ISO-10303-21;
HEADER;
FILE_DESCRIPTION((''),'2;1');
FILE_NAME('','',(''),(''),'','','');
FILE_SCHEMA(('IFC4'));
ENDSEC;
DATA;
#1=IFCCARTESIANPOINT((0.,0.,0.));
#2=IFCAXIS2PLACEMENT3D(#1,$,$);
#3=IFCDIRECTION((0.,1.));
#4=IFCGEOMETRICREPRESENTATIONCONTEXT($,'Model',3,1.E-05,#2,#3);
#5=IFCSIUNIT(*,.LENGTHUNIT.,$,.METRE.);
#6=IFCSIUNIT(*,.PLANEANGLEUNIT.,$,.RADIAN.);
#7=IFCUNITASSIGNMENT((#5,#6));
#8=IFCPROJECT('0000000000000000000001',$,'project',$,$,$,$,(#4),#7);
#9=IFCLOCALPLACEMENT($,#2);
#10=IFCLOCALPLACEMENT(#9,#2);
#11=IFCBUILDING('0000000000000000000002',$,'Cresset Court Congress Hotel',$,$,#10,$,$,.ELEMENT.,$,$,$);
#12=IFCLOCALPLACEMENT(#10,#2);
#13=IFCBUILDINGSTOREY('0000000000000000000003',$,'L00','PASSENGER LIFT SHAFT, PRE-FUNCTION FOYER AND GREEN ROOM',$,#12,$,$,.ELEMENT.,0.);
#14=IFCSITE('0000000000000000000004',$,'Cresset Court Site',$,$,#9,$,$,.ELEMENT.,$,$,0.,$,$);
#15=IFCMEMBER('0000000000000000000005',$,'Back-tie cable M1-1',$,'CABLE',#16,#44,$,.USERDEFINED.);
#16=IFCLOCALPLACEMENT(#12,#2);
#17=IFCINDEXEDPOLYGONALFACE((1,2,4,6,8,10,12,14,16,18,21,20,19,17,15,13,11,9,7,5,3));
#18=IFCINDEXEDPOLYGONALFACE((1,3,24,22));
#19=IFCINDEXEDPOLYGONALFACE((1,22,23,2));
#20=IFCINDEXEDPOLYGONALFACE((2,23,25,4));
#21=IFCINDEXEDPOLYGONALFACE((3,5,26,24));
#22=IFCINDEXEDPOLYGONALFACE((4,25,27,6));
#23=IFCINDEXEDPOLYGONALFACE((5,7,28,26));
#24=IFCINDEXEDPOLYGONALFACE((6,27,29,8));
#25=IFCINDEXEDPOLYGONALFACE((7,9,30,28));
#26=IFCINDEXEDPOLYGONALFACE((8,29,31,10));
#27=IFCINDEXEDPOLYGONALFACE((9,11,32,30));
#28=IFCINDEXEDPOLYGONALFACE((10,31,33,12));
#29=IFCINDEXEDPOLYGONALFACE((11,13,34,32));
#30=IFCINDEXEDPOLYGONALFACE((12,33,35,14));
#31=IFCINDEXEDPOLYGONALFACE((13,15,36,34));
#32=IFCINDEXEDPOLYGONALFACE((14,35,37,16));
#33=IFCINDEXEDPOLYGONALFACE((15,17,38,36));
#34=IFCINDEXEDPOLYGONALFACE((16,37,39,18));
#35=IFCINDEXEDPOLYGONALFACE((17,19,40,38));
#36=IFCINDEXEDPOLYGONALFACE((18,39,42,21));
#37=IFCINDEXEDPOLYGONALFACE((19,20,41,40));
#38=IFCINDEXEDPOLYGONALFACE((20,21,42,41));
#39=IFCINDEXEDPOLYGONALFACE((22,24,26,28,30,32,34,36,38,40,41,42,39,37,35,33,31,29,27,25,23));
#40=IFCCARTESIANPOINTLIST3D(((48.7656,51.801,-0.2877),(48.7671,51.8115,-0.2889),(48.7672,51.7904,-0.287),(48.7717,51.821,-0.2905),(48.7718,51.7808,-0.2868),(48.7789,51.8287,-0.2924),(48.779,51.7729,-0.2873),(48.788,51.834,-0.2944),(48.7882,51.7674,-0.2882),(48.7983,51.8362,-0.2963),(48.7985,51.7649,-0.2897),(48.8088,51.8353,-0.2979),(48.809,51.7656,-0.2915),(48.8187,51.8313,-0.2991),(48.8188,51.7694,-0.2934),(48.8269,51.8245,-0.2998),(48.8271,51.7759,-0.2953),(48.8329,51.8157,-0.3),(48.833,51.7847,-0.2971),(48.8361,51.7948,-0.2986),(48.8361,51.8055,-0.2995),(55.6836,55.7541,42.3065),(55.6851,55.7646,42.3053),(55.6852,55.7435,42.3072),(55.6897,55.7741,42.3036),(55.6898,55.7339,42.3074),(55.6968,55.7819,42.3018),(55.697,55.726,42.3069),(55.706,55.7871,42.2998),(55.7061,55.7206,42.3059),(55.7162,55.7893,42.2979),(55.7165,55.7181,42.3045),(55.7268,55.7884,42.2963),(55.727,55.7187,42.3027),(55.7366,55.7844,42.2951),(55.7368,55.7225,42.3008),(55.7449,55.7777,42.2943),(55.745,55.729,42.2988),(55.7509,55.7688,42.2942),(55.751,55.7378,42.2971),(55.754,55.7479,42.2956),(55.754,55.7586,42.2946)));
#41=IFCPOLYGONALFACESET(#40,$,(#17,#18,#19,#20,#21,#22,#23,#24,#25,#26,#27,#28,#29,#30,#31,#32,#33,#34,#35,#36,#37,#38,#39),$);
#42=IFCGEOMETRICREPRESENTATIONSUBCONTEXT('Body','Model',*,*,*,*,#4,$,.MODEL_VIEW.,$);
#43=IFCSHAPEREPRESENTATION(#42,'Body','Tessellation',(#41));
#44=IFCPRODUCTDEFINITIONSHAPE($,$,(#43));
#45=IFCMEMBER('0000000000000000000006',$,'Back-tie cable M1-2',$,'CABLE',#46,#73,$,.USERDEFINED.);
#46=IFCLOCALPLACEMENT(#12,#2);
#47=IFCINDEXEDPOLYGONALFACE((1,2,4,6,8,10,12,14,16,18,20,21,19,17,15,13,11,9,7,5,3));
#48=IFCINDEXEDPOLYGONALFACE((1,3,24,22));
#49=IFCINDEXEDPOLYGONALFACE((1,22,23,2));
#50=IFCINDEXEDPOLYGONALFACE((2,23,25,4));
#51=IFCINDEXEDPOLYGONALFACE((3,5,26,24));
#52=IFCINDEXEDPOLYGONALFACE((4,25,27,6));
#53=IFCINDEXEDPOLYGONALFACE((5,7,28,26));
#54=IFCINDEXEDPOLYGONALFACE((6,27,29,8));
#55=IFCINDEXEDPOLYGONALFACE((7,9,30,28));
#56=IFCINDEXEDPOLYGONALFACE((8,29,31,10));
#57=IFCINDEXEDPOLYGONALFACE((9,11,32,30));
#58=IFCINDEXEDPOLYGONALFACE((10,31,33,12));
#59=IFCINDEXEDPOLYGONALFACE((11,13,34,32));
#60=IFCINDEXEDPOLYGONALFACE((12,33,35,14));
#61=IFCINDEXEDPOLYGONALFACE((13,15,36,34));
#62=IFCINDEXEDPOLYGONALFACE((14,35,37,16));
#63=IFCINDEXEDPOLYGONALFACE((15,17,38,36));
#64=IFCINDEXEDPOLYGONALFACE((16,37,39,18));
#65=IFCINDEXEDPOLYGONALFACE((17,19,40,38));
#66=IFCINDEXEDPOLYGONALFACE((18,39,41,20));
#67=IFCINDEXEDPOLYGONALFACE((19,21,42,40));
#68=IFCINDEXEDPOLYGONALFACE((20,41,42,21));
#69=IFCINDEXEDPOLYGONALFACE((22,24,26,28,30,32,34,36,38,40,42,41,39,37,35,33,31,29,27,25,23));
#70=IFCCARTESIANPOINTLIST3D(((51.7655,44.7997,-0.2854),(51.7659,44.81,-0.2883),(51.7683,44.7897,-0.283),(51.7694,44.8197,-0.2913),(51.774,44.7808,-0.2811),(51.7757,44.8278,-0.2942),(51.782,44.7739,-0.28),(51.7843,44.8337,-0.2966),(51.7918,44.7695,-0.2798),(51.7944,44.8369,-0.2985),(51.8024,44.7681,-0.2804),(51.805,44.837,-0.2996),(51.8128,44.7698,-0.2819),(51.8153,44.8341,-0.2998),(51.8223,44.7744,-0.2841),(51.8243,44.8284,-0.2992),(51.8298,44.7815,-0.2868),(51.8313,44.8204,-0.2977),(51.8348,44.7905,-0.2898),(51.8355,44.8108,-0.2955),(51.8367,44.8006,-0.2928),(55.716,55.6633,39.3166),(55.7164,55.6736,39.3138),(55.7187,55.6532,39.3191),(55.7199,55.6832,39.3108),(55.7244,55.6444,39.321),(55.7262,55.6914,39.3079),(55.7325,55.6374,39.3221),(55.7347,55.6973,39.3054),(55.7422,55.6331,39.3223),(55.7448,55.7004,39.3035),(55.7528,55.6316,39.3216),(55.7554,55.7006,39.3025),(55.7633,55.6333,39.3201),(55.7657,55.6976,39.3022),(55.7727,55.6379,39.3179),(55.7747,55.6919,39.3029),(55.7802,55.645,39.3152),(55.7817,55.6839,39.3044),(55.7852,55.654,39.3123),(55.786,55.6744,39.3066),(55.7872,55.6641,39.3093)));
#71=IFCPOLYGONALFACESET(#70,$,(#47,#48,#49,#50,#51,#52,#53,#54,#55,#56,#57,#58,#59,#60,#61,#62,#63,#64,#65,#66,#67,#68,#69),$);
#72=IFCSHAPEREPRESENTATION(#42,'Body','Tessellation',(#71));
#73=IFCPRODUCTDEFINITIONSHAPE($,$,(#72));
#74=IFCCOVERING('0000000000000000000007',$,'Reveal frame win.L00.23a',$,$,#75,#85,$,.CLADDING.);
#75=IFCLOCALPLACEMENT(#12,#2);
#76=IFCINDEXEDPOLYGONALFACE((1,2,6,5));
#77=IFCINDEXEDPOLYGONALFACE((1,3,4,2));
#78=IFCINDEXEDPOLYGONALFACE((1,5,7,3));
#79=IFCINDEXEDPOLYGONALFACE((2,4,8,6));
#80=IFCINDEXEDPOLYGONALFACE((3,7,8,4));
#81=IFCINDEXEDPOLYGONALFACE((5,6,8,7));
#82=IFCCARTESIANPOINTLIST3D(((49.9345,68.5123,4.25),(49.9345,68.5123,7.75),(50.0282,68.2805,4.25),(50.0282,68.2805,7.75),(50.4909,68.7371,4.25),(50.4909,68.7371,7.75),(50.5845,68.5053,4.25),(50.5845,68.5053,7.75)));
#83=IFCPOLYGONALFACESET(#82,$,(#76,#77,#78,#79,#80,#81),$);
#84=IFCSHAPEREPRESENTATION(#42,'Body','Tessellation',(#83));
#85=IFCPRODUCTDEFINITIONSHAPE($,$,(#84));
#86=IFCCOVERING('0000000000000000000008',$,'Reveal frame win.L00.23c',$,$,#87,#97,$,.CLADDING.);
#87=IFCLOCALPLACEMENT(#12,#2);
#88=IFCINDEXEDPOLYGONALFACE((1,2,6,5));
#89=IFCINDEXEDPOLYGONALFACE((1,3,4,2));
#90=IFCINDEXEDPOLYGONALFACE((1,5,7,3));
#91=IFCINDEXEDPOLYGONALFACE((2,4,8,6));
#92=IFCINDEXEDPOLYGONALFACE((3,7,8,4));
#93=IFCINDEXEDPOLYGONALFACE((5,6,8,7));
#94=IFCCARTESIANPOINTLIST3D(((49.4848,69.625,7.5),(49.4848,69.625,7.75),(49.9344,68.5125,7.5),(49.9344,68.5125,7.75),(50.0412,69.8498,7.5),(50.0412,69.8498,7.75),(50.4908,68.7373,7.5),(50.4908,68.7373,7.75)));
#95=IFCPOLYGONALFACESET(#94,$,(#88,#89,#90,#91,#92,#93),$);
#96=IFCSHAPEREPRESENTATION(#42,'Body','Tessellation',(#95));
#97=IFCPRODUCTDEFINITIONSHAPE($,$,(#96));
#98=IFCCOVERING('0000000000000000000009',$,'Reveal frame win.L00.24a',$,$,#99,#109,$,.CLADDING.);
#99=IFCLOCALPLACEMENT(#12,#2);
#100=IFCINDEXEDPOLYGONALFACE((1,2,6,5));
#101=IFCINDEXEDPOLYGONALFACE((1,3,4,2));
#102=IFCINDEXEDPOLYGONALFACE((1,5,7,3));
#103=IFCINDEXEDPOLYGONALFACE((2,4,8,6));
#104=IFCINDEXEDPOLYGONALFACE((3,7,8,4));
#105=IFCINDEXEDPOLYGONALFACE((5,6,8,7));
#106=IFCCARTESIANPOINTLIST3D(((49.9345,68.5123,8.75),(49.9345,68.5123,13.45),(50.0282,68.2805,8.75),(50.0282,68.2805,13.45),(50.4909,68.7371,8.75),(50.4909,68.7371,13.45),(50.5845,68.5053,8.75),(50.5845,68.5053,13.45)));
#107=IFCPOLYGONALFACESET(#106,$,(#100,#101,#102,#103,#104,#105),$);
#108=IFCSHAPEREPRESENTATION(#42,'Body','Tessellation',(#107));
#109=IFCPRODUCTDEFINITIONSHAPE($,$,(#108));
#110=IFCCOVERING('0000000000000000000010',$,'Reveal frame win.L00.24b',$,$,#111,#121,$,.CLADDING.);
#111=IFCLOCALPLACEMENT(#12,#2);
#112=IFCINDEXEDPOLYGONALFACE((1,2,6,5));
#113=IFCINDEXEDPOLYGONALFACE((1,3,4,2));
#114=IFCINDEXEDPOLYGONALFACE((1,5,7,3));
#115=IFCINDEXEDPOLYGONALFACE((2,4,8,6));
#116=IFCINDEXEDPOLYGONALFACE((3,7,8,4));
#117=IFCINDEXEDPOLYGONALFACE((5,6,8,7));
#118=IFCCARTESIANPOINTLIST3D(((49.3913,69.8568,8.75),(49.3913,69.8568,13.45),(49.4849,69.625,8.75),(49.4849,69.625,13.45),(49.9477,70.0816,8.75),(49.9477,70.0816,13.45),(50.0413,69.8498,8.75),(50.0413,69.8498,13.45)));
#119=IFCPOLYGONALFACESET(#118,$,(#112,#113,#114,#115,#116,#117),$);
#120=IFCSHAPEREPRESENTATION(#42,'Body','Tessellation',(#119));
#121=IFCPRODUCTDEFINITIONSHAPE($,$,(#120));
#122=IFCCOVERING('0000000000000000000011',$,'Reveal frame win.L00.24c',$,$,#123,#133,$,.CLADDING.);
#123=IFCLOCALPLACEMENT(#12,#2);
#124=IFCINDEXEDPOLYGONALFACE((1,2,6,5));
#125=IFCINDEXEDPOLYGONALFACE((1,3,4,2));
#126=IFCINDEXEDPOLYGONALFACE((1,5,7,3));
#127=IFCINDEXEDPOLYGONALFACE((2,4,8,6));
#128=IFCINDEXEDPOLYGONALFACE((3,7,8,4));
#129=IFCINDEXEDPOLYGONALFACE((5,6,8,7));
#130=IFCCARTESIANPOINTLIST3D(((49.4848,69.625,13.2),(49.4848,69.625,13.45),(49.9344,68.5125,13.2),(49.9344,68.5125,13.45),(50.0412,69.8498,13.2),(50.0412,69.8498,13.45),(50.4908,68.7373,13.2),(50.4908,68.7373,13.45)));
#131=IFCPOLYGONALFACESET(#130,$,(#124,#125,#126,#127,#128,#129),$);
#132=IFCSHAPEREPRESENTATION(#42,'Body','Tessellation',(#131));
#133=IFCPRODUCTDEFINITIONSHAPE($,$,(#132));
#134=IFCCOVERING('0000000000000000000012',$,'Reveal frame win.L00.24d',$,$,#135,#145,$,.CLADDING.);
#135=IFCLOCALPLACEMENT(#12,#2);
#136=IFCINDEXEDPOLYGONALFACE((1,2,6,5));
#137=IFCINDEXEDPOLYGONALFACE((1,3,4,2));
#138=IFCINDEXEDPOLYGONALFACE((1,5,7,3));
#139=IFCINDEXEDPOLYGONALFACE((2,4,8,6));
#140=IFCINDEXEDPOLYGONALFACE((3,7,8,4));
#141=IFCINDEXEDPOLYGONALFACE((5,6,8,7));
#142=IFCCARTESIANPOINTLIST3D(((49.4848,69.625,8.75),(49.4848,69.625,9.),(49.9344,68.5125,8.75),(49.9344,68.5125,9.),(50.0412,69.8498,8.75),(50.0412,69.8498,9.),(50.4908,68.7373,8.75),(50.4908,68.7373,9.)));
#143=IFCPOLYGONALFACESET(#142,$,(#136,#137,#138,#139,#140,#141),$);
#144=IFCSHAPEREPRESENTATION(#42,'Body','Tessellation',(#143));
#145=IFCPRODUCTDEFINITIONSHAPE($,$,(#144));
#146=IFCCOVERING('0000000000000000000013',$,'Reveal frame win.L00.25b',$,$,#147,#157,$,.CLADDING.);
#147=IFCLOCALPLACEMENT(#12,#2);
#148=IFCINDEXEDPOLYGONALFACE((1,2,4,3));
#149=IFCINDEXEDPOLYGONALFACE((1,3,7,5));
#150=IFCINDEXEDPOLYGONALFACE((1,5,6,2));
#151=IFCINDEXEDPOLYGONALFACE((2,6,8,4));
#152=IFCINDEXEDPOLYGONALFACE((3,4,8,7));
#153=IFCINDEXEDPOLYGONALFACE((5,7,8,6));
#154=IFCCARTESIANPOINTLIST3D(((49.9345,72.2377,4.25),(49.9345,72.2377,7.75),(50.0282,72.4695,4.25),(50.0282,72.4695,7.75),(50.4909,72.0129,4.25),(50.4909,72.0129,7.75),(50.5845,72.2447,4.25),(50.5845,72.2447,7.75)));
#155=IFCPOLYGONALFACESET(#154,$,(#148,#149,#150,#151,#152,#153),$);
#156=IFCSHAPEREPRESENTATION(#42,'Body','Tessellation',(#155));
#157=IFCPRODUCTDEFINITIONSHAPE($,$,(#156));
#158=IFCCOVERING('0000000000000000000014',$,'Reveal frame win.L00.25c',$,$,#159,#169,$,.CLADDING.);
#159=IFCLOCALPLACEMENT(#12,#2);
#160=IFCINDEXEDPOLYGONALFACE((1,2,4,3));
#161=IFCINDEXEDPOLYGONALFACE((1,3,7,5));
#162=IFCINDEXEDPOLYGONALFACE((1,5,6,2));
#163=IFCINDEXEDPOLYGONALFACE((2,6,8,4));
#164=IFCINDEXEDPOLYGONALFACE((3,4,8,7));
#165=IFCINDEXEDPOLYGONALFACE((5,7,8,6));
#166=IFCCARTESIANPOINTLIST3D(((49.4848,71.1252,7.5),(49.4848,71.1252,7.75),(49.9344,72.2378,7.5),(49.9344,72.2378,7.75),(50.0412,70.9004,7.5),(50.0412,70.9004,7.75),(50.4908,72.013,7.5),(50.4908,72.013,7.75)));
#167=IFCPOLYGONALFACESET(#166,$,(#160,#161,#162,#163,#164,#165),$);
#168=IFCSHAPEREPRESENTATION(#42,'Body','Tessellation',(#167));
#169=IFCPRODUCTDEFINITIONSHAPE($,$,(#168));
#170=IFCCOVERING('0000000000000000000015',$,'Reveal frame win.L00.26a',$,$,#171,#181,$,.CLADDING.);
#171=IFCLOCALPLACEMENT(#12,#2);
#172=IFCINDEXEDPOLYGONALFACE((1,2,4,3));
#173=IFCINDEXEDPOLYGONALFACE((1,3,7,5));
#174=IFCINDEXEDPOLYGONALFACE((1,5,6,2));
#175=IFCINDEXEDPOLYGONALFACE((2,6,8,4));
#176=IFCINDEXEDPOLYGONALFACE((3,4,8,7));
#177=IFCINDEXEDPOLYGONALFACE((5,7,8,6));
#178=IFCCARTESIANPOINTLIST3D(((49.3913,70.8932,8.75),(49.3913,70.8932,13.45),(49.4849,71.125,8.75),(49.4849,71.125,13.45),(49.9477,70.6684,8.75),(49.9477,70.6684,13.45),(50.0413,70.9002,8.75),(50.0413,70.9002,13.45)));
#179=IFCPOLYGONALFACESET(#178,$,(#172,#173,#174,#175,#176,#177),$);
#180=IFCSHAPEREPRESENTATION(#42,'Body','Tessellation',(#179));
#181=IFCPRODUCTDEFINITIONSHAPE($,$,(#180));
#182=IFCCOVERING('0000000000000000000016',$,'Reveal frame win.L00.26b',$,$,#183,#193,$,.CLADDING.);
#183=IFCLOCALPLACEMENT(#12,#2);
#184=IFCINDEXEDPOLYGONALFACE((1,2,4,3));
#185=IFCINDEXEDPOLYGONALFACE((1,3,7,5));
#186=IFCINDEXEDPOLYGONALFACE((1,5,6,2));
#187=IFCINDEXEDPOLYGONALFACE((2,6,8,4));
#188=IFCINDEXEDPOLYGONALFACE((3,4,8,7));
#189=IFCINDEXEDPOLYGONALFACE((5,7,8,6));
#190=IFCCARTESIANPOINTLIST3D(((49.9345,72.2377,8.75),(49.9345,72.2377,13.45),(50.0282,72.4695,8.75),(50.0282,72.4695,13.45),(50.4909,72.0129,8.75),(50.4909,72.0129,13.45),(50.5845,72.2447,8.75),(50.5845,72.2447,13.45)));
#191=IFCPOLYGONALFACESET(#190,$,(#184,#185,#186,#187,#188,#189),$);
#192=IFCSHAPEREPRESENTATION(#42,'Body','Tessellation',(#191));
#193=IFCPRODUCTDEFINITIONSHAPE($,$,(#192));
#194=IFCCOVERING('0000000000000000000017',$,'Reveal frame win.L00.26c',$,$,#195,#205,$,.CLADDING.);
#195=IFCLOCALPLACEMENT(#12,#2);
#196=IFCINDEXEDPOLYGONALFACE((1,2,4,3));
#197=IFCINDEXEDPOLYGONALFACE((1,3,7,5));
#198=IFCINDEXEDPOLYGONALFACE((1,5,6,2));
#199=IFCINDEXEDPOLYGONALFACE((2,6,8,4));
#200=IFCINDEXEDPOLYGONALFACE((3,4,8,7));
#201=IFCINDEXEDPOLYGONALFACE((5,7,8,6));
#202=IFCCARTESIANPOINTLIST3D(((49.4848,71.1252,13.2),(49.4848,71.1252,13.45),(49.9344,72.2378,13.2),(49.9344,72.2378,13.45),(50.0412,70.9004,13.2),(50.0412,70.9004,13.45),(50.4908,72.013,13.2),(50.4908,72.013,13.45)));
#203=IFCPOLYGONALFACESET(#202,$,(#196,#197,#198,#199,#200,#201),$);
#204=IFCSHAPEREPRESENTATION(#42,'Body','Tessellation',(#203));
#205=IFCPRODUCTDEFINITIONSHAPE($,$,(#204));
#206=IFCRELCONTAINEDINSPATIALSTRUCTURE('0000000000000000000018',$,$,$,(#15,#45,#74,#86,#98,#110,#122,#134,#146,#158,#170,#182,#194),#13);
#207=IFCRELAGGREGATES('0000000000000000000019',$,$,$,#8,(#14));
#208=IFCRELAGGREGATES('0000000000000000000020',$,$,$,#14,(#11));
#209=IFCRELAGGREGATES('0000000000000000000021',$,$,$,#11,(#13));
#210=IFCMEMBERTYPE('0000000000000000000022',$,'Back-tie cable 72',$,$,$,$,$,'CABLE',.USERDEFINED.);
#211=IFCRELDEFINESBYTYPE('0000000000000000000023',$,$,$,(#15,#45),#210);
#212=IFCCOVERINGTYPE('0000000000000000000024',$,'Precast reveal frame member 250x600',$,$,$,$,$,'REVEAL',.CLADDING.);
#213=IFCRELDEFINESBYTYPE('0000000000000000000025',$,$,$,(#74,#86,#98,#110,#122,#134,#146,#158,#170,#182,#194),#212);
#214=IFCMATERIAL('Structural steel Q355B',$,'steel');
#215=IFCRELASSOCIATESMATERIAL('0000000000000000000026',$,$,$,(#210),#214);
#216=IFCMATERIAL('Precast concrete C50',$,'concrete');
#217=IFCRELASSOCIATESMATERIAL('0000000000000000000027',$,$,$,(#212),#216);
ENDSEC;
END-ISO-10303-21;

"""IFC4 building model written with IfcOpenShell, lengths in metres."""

from ifc_helpers import new_model, si_unit, direction, frame, origin, origin_2d, place, context, subcontext, project, spatial, rectangle, circle, extrude, material, material_profile, profile_set, type_object, element, save


model = new_model("IFC4")

# Units and contexts
model_context = context("Model", 3, precision=1e-05, world=origin(), true_north=direction((0.0, 1.0)))
body_context = subcontext(model_context, "Body", "Model", "MODEL_VIEW")
ifc_project = project(units=[si_unit("LENGTHUNIT", "METRE"), si_unit("PLANEANGLEUNIT", "RADIAN")], contexts=[model_context])

# Site, building, storey
site_placement = place(None, origin())
site = spatial("IfcSite", under=ifc_project, at=site_placement, Name="Cresset Court Site", CompositionType="ELEMENT", RefElevation=0.0)
building_placement = place(site_placement, origin())
building = spatial("IfcBuilding", under=site, at=building_placement, Name="Cresset Court Congress Hotel", CompositionType="ELEMENT")
storey_placement = place(building_placement, origin())
storey = spatial("IfcBuildingStorey", under=building, at=storey_placement, Name="L00", Description="PASSENGER LIFT SHAFT, PRE-FUNCTION FOYER AND GREEN ROOM", CompositionType="ELEMENT", Elevation=0.0)

# Members
ifc_material_1 = material(Name="Structural steel Q355B", Category="steel")
ifc_material_profile = material_profile(ifc_material_1, circle(Radius=0.0359, at=origin_2d()), Name="CABLE72")
ifc_profile_set = profile_set([ifc_material_profile], Name="Structural steel Q355B")
member_type = type_object("IfcMemberType", Name="Back-tie cable 72", ElementType="CABLE", PredefinedType="USERDEFINED", material=ifc_profile_set)
member_1_placement = place(storey_placement, frame((55.719, 55.7537, 42.3008), z_axis=(-0.159646, -0.091227, -0.98295), x_axis=(0.496139, -0.868243, 0.0)))
element("IfcMember", 1, at=member_1_placement, inside=storey, type_object=member_type, Name="Back-tie cable M1-1", ObjectType="CABLE", PredefinedType="USERDEFINED", context=body_context, shape_type="SweptSolid", body=[
    extrude(circle(Radius=0.0359, at=origin_2d()), origin(), (0.0, 0.0, 1.0), 43.333),
])
member_2_placement = place(storey_placement, frame((55.7515, 55.6663, 39.3123), z_axis=(-0.095757, -0.263329, -0.959942), x_axis=(0.939792, -0.341748, 0.0)))
element("IfcMember", 2, at=member_2_placement, inside=storey, type_object=member_type, Name="Back-tie cable M1-2", ObjectType="CABLE", PredefinedType="USERDEFINED", context=body_context, shape_type="SweptSolid", body=[
    extrude(circle(Radius=0.0359, at=origin_2d()), origin(), (0.0, 0.0, 1.0), 41.2546),
])

# Coverings
ifc_material_2 = material(Name="Precast concrete C50", Category="concrete")
covering_type = type_object("IfcCoveringType", Name="Precast reveal frame member 250x600", ElementType="REVEAL", PredefinedType="CLADDING", material=ifc_material_2)
covering_1_placement = place(storey_placement, frame((50.2595, 68.5088, 4.25), z_axis=(0.0, 0.0, 1.0), x_axis=(-0.374623, 0.927177, 0.0)))
element("IfcCovering", 3, at=covering_1_placement, inside=storey, type_object=covering_type, Name="Reveal frame win.L00.23a", PredefinedType="CLADDING", context=body_context, shape_type="SweptSolid", body=[
    extrude(rectangle(XDim=0.25, YDim=0.6001, at=origin_2d()), origin(), (0.0, 0.0, 1.0), 3.5),
])
covering_2_placement = place(storey_placement, frame((49.9878, 69.1812, 7.5), z_axis=(0.0, 0.0, 1.0), x_axis=(-0.374623, 0.927177, 0.0)))
element("IfcCovering", 4, at=covering_2_placement, inside=storey, type_object=covering_type, Name="Reveal frame win.L00.23c", PredefinedType="CLADDING", context=body_context, shape_type="SweptSolid", body=[
    extrude(rectangle(XDim=1.2, YDim=0.6001, at=origin_2d()), origin(), (0.0, 0.0, 1.0), 0.25),
])
for number, where, z_axis, x_axis, name in (
    (5, (50.2595, 68.5088, 8.75), (0.0, 0.0, 1.0), (-0.374623, 0.927177, 0.0), "Reveal frame win.L00.24a"),
    (6, (49.7163, 69.8533, 8.75), (0.0, 0.0, 1.0), (-0.374623, 0.927177, 0.0), "Reveal frame win.L00.24b"),
):
    element("IfcCovering", number, at=place(storey_placement, frame(where, z_axis=z_axis, x_axis=x_axis)), inside=storey, type_object=covering_type, Name=name, PredefinedType="CLADDING", context=body_context, shape_type="SweptSolid", body=[
        extrude(rectangle(XDim=0.25, YDim=0.6001, at=origin_2d()), origin(), (0.0, 0.0, 1.0), 4.7),
    ])
for number, where, z_axis, x_axis, name in (
    (7, (49.9878, 69.1812, 13.2), (0.0, 0.0, 1.0), (-0.374623, 0.927177, 0.0), "Reveal frame win.L00.24c"),
    (8, (49.9878, 69.1812, 8.75), (0.0, 0.0, 1.0), (-0.374623, 0.927177, 0.0), "Reveal frame win.L00.24d"),
):
    element("IfcCovering", number, at=place(storey_placement, frame(where, z_axis=z_axis, x_axis=x_axis)), inside=storey, type_object=covering_type, Name=name, PredefinedType="CLADDING", context=body_context, shape_type="SweptSolid", body=[
        extrude(rectangle(XDim=1.2, YDim=0.6001, at=origin_2d()), origin(), (0.0, 0.0, 1.0), 0.25),
    ])
covering_3_placement = place(storey_placement, frame((50.2595, 72.2412, 4.25), z_axis=(0.0, 0.0, 1.0), x_axis=(0.374623, 0.927177, 0.0)))
element("IfcCovering", 9, at=covering_3_placement, inside=storey, type_object=covering_type, Name="Reveal frame win.L00.25b", PredefinedType="CLADDING", context=body_context, shape_type="SweptSolid", body=[
    extrude(rectangle(XDim=0.25, YDim=0.6001, at=origin_2d()), origin(), (0.0, 0.0, 1.0), 3.5),
])
covering_4_placement = place(storey_placement, frame((49.9878, 71.5691, 7.5), z_axis=(0.0, 0.0, 1.0), x_axis=(0.374623, 0.927177, 0.0)))
element("IfcCovering", 10, at=covering_4_placement, inside=storey, type_object=covering_type, Name="Reveal frame win.L00.25c", PredefinedType="CLADDING", context=body_context, shape_type="SweptSolid", body=[
    extrude(rectangle(XDim=1.2, YDim=0.6001, at=origin_2d()), origin(), (0.0, 0.0, 1.0), 0.25),
])
for number, where, z_axis, x_axis, name in (
    (11, (49.7163, 70.8967, 8.75), (0.0, 0.0, 1.0), (0.374623, 0.927177, 0.0), "Reveal frame win.L00.26a"),
    (12, (50.2595, 72.2412, 8.75), (0.0, 0.0, 1.0), (0.374623, 0.927177, 0.0), "Reveal frame win.L00.26b"),
):
    element("IfcCovering", number, at=place(storey_placement, frame(where, z_axis=z_axis, x_axis=x_axis)), inside=storey, type_object=covering_type, Name=name, PredefinedType="CLADDING", context=body_context, shape_type="SweptSolid", body=[
        extrude(rectangle(XDim=0.25, YDim=0.6001, at=origin_2d()), origin(), (0.0, 0.0, 1.0), 4.7),
    ])
for number, where, z_axis, x_axis, name in (
    (13, (49.9878, 71.5691, 13.2), (0.0, 0.0, 1.0), (0.374623, 0.927177, 0.0), "Reveal frame win.L00.26c"),
):
    element("IfcCovering", number, at=place(storey_placement, frame(where, z_axis=z_axis, x_axis=x_axis)), inside=storey, type_object=covering_type, Name=name, PredefinedType="CLADDING", context=body_context, shape_type="SweptSolid", body=[
        extrude(rectangle(XDim=1.2, YDim=0.6001, at=origin_2d()), origin(), (0.0, 0.0, 1.0), 0.25),
    ])

save(model, "model.ifc")
